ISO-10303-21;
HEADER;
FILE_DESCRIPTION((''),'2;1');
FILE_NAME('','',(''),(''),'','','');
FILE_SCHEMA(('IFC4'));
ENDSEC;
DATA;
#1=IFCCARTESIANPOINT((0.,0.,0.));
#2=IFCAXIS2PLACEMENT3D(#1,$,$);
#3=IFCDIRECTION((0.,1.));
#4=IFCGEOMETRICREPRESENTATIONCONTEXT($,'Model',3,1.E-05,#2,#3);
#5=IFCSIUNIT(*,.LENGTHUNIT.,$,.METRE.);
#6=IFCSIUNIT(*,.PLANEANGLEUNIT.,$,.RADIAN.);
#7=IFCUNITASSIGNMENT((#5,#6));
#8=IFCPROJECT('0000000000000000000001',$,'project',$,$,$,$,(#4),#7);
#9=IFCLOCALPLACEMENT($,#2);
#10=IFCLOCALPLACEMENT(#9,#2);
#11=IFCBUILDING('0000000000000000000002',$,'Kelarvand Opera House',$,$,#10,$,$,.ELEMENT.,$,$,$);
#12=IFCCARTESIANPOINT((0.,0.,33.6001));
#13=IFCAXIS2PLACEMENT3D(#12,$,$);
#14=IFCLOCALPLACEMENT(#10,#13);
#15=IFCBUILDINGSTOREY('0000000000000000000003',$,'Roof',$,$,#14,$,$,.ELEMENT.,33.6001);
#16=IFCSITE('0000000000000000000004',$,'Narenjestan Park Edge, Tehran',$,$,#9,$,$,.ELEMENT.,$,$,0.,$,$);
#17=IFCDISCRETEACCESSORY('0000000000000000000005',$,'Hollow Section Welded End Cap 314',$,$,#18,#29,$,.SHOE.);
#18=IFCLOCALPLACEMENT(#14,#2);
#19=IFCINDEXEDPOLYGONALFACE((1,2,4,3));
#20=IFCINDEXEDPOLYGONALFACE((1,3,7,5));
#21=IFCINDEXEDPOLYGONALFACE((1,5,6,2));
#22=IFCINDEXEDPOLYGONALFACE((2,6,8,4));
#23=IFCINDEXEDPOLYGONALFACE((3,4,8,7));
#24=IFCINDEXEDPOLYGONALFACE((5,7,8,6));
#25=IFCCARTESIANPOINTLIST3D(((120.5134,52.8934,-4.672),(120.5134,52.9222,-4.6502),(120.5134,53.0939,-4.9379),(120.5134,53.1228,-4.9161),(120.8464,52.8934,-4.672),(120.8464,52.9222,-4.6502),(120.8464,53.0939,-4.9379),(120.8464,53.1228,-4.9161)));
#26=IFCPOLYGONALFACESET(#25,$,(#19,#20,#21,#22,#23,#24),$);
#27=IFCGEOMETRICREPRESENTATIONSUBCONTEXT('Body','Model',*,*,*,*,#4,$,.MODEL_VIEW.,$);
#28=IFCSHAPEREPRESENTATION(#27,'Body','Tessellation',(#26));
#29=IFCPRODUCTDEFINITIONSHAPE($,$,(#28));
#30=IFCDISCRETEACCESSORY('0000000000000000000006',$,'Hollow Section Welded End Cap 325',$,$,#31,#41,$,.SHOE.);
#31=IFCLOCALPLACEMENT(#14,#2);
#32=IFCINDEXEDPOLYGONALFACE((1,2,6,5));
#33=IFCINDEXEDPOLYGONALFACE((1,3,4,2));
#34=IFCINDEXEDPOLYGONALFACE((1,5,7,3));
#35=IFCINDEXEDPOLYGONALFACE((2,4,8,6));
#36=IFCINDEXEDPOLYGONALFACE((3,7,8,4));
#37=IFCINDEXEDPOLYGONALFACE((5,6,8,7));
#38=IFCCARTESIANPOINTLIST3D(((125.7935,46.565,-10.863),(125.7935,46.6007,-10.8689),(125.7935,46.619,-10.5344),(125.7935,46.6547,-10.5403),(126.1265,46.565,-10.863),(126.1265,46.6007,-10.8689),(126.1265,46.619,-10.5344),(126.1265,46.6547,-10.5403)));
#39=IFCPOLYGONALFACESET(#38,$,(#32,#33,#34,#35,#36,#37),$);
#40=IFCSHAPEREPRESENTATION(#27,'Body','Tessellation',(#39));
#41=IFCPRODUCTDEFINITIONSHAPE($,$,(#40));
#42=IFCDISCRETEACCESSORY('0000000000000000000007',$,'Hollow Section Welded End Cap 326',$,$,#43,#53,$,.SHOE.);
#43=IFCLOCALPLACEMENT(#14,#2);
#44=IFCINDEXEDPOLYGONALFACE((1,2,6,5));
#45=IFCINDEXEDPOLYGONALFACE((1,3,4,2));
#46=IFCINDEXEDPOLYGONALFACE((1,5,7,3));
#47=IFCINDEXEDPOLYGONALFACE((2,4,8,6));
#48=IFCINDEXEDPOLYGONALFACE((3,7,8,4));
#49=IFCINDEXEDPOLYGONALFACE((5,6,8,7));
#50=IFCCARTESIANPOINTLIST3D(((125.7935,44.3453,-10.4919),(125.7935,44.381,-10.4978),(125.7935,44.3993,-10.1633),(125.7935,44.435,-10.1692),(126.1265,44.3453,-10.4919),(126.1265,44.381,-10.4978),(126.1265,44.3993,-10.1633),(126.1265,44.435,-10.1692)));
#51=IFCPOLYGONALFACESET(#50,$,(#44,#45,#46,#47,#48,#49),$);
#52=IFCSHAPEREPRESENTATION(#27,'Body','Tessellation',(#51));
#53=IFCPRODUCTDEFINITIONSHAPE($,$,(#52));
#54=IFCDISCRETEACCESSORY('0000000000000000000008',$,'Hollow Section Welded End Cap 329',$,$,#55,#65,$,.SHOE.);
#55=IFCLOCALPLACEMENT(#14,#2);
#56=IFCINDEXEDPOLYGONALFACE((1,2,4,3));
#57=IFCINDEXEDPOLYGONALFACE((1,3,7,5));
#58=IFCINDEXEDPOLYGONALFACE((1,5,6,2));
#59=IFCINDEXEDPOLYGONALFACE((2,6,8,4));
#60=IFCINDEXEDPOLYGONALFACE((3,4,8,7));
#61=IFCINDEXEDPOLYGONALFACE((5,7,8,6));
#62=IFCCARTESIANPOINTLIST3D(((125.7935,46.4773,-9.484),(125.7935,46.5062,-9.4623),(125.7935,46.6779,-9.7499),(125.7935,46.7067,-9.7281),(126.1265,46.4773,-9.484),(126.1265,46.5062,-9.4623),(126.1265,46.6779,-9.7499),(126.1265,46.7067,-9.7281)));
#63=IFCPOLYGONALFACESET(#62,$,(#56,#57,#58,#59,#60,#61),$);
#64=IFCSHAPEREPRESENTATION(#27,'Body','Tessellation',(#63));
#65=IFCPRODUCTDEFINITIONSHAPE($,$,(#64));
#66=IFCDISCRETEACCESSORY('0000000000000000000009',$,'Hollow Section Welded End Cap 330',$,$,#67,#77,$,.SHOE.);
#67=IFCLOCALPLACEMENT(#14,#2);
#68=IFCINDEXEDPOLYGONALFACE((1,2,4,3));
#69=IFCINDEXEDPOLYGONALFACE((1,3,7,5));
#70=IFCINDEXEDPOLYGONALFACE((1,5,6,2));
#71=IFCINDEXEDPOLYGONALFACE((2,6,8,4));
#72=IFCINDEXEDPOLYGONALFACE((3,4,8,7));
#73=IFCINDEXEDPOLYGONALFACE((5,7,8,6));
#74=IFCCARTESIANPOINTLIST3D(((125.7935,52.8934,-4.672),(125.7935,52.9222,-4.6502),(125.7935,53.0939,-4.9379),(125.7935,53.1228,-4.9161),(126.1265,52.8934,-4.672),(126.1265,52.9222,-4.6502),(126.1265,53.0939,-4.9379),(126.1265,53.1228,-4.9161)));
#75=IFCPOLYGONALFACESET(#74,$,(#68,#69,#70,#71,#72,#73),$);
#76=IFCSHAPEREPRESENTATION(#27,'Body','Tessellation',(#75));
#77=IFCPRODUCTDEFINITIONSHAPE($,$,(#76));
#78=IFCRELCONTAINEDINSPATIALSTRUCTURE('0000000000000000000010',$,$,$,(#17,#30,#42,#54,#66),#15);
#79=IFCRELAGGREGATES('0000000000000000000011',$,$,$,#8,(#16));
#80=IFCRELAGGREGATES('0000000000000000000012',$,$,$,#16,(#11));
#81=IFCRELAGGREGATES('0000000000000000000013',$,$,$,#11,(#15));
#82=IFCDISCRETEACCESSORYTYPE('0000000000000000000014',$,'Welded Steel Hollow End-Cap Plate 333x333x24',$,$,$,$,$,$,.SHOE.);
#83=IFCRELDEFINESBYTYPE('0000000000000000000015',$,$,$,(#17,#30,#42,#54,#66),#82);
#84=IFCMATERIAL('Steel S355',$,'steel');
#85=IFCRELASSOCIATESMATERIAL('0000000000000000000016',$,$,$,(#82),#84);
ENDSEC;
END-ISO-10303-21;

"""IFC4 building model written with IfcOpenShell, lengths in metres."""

from ifc_helpers import new_model, si_unit, direction, frame, origin, origin_2d, place, context, subcontext, project, spatial, rectangle, extrude, material, material_profile, profile_set, type_object, element, save


model = new_model("IFC4")

# Units and contexts
model_context = context("Model", 3, precision=1e-05, world=origin(), true_north=direction((0.0, 1.0)))
body_context = subcontext(model_context, "Body", "Model", "MODEL_VIEW")
ifc_project = project(units=[si_unit("LENGTHUNIT", "METRE"), si_unit("PLANEANGLEUNIT", "RADIAN")], contexts=[model_context])

# Site, building, storey
site_placement = place(None, origin())
site = spatial("IfcSite", under=ifc_project, at=site_placement, Name="Narenjestan Park Edge, Tehran", CompositionType="ELEMENT", RefElevation=0.0)
building_placement = place(site_placement, origin())
building = spatial("IfcBuilding", under=site, at=building_placement, Name="Kelarvand Opera House", CompositionType="ELEMENT")
storey_placement = place(building_placement, frame((0.0, 0.0, 33.6001)))
storey = spatial("IfcBuildingStorey", under=building, at=storey_placement, Name="Roof", CompositionType="ELEMENT", Elevation=33.6001)

# Shared definitions
ifc_material = material(Name="Steel S355", Category="steel")

# Discrete accessories
ifc_material_profile_1 = material_profile(ifc_material, rectangle(XDim=0.333, YDim=0.333, at=origin_2d()), Name="Welded Steel Hollow End-Cap Plate 333x333x24", Category="steel")
ifc_profile_set_1 = profile_set([ifc_material_profile_1], Name="Steel S355")
discrete_accessory_type_1 = type_object("IfcDiscreteAccessoryType", Name="Welded Steel Hollow End-Cap Plate 333x333x24", PredefinedType="SHOE", material=ifc_profile_set_1)
for number, where, z_axis, x_axis, name in (
    (1, (120.6799, 52.9937, -4.8049), (0.0, 0.798373, 0.602163), (-1.0, 0.0, 0.0), "Hollow Section Welded End Cap 314"),
    (2, (125.96, 46.592, -10.6987), (0.0, 0.986757, -0.162207), (-1.0, 0.0, 0.0), "Hollow Section Welded End Cap 325"),
    (3, (125.96, 44.408, -10.3335), (0.0, -0.986757, 0.162207), (1.0, 0.0, 0.0), "Hollow Section Welded End Cap 326"),
    (4, (125.96, 46.6064, -9.5952), (0.0, -0.798373, -0.602163), (1.0, 0.0, 0.0), "Hollow Section Welded End Cap 329"),
    (5, (125.96, 52.9937, -4.8049), (0.0, 0.798373, 0.602163), (-1.0, 0.0, 0.0), "Hollow Section Welded End Cap 330"),
):
    element("IfcDiscreteAccessory", number, at=place(storey_placement, frame(where, z_axis=z_axis, x_axis=x_axis)), inside=storey, type_object=discrete_accessory_type_1, Name=name, PredefinedType="SHOE", context=body_context, shape_type="SweptSolid", body=[
        extrude(rectangle(XDim=0.333, YDim=0.333, at=origin_2d()), origin(), (0.0, 0.0, 1.0), 0.0361),
    ])

save(model, "model.ifc")
